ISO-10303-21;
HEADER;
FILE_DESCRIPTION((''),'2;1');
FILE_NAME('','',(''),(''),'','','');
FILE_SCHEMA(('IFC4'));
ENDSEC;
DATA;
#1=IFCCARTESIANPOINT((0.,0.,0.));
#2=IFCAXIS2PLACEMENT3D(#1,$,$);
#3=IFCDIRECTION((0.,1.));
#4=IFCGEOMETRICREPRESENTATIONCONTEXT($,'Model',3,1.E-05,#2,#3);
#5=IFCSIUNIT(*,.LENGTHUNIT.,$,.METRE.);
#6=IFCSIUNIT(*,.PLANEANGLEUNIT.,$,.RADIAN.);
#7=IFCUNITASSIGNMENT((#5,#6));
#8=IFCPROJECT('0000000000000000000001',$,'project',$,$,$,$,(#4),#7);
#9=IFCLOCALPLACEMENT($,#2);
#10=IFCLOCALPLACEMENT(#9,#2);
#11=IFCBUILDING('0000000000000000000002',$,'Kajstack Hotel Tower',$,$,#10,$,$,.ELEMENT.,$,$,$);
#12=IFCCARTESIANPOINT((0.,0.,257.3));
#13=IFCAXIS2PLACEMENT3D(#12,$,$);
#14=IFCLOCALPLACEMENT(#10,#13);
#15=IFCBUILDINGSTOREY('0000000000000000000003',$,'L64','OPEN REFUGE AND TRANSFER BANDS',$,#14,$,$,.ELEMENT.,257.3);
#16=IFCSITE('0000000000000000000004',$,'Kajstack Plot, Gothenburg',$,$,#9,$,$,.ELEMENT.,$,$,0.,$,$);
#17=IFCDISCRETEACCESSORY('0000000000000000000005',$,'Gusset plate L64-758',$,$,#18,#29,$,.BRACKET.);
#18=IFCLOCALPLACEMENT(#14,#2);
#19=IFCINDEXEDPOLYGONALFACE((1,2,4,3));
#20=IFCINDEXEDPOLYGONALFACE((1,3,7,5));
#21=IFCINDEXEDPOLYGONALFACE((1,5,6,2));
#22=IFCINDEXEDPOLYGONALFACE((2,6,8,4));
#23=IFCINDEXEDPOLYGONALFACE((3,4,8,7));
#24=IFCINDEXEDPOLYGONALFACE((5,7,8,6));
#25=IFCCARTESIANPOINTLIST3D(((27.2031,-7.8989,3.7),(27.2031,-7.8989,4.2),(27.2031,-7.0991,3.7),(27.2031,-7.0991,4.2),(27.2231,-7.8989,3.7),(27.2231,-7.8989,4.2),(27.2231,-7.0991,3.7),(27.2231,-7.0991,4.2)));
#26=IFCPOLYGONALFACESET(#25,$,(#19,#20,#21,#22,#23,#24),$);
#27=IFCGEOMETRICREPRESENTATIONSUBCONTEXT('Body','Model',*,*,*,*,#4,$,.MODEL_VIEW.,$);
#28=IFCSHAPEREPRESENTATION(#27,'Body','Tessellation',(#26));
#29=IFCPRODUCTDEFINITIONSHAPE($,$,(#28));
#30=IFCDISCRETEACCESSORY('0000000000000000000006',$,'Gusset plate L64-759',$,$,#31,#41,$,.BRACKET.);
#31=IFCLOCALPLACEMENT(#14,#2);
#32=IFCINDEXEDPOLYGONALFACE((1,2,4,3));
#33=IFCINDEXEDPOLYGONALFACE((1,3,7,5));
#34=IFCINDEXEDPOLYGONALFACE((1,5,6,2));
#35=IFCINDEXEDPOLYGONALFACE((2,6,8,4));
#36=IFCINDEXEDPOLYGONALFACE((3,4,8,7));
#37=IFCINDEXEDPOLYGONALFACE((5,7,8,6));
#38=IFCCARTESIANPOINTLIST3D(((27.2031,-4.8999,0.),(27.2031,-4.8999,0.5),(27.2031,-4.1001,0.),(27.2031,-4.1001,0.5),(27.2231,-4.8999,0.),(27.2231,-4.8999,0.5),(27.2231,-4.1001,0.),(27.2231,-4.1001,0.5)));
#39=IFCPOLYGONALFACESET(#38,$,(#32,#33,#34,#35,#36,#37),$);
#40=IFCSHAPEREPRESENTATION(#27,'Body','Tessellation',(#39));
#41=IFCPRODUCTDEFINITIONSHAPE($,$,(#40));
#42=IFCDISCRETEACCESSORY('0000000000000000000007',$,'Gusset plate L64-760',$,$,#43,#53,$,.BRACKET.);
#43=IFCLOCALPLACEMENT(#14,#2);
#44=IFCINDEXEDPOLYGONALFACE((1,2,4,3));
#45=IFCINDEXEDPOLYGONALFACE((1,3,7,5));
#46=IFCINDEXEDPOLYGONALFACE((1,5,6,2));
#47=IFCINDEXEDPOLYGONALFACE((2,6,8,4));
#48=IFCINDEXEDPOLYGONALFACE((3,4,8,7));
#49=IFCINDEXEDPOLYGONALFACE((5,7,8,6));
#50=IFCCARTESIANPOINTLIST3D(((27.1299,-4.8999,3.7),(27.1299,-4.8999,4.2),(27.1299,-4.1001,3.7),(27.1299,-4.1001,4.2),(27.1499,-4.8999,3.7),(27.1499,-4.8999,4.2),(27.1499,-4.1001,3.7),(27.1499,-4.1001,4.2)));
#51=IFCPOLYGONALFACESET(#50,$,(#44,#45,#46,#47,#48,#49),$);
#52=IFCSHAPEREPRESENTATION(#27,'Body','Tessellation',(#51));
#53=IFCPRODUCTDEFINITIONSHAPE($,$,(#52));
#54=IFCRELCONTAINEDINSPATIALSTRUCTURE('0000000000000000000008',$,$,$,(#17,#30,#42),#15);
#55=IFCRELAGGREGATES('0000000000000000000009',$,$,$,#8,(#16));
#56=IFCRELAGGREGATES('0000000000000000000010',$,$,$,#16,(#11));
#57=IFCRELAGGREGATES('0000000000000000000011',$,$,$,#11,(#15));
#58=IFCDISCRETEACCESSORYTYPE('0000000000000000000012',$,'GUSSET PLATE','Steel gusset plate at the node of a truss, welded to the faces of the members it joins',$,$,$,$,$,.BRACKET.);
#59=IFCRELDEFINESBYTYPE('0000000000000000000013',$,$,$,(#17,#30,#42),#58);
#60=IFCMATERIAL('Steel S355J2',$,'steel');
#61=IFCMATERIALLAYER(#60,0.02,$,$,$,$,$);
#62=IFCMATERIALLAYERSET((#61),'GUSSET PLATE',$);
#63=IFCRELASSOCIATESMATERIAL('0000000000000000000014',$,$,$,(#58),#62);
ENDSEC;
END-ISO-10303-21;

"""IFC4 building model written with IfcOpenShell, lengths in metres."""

from ifc_helpers import new_model, si_unit, direction, frame, origin, place, context, subcontext, project, spatial, polyline, outline, extrude, material, layer, layer_set, type_object, element, save


model = new_model("IFC4")

# Units and contexts
model_context = context("Model", 3, precision=1e-05, world=origin(), true_north=direction((0.0, 1.0)))
body_context = subcontext(model_context, "Body", "Model", "MODEL_VIEW")
ifc_project = project(units=[si_unit("LENGTHUNIT", "METRE"), si_unit("PLANEANGLEUNIT", "RADIAN")], contexts=[model_context])

# Site, building, storey
site_placement = place(None, origin())
site = spatial("IfcSite", under=ifc_project, at=site_placement, Name="Kajstack Plot, Gothenburg", CompositionType="ELEMENT", RefElevation=0.0)
building_placement = place(site_placement, origin())
building = spatial("IfcBuilding", under=site, at=building_placement, Name="Kajstack Hotel Tower", CompositionType="ELEMENT")
storey_placement = place(building_placement, frame((0.0, 0.0, 257.3)))
storey = spatial("IfcBuildingStorey", under=building, at=storey_placement, Name="L64", Description="OPEN REFUGE AND TRANSFER BANDS", CompositionType="ELEMENT", Elevation=257.3)

# Shared definitions
ifc_material_1 = material(Name="Steel S355J2", Category="steel")

# Discrete accessories
ifc_layer_1 = layer(ifc_material_1, 0.02)
ifc_layer_set_1 = layer_set([ifc_layer_1], Name="GUSSET PLATE")
discrete_accessory_type_1 = type_object("IfcDiscreteAccessoryType", Name="GUSSET PLATE", Description="Steel gusset plate at the node of a truss, welded to the faces of the members it joins", PredefinedType="BRACKET", material=ifc_layer_set_1)
for number, where, z_axis, x_axis, name in (
    (1, (27.2031, -7.499, 3.7), (1.0, 0.0, 0.0), (0.0, 1.0, 0.0), "Gusset plate L64-758"),
    (2, (27.2031, -4.5, 0.0), (1.0, 0.0, 0.0), (0.0, 1.0, 0.0), "Gusset plate L64-759"),
    (3, (27.1299, -4.5, 3.7), (1.0, 0.0, 0.0), (0.0, 1.0, 0.0), "Gusset plate L64-760"),
):
    element("IfcDiscreteAccessory", number, at=place(storey_placement, frame(where, z_axis=z_axis, x_axis=x_axis)), inside=storey, type_object=discrete_accessory_type_1, Name=name, PredefinedType="BRACKET", context=body_context, shape_type="SweptSolid", body=[
        extrude(outline(polyline([(-0.3999, 0.0), (0.3999, 0.0), (0.3999, 0.5), (-0.3999, 0.5), (-0.3999, 0.0)])), origin(), (0.0, 0.0, 1.0), 0.02),
    ])

save(model, "model.ifc")
